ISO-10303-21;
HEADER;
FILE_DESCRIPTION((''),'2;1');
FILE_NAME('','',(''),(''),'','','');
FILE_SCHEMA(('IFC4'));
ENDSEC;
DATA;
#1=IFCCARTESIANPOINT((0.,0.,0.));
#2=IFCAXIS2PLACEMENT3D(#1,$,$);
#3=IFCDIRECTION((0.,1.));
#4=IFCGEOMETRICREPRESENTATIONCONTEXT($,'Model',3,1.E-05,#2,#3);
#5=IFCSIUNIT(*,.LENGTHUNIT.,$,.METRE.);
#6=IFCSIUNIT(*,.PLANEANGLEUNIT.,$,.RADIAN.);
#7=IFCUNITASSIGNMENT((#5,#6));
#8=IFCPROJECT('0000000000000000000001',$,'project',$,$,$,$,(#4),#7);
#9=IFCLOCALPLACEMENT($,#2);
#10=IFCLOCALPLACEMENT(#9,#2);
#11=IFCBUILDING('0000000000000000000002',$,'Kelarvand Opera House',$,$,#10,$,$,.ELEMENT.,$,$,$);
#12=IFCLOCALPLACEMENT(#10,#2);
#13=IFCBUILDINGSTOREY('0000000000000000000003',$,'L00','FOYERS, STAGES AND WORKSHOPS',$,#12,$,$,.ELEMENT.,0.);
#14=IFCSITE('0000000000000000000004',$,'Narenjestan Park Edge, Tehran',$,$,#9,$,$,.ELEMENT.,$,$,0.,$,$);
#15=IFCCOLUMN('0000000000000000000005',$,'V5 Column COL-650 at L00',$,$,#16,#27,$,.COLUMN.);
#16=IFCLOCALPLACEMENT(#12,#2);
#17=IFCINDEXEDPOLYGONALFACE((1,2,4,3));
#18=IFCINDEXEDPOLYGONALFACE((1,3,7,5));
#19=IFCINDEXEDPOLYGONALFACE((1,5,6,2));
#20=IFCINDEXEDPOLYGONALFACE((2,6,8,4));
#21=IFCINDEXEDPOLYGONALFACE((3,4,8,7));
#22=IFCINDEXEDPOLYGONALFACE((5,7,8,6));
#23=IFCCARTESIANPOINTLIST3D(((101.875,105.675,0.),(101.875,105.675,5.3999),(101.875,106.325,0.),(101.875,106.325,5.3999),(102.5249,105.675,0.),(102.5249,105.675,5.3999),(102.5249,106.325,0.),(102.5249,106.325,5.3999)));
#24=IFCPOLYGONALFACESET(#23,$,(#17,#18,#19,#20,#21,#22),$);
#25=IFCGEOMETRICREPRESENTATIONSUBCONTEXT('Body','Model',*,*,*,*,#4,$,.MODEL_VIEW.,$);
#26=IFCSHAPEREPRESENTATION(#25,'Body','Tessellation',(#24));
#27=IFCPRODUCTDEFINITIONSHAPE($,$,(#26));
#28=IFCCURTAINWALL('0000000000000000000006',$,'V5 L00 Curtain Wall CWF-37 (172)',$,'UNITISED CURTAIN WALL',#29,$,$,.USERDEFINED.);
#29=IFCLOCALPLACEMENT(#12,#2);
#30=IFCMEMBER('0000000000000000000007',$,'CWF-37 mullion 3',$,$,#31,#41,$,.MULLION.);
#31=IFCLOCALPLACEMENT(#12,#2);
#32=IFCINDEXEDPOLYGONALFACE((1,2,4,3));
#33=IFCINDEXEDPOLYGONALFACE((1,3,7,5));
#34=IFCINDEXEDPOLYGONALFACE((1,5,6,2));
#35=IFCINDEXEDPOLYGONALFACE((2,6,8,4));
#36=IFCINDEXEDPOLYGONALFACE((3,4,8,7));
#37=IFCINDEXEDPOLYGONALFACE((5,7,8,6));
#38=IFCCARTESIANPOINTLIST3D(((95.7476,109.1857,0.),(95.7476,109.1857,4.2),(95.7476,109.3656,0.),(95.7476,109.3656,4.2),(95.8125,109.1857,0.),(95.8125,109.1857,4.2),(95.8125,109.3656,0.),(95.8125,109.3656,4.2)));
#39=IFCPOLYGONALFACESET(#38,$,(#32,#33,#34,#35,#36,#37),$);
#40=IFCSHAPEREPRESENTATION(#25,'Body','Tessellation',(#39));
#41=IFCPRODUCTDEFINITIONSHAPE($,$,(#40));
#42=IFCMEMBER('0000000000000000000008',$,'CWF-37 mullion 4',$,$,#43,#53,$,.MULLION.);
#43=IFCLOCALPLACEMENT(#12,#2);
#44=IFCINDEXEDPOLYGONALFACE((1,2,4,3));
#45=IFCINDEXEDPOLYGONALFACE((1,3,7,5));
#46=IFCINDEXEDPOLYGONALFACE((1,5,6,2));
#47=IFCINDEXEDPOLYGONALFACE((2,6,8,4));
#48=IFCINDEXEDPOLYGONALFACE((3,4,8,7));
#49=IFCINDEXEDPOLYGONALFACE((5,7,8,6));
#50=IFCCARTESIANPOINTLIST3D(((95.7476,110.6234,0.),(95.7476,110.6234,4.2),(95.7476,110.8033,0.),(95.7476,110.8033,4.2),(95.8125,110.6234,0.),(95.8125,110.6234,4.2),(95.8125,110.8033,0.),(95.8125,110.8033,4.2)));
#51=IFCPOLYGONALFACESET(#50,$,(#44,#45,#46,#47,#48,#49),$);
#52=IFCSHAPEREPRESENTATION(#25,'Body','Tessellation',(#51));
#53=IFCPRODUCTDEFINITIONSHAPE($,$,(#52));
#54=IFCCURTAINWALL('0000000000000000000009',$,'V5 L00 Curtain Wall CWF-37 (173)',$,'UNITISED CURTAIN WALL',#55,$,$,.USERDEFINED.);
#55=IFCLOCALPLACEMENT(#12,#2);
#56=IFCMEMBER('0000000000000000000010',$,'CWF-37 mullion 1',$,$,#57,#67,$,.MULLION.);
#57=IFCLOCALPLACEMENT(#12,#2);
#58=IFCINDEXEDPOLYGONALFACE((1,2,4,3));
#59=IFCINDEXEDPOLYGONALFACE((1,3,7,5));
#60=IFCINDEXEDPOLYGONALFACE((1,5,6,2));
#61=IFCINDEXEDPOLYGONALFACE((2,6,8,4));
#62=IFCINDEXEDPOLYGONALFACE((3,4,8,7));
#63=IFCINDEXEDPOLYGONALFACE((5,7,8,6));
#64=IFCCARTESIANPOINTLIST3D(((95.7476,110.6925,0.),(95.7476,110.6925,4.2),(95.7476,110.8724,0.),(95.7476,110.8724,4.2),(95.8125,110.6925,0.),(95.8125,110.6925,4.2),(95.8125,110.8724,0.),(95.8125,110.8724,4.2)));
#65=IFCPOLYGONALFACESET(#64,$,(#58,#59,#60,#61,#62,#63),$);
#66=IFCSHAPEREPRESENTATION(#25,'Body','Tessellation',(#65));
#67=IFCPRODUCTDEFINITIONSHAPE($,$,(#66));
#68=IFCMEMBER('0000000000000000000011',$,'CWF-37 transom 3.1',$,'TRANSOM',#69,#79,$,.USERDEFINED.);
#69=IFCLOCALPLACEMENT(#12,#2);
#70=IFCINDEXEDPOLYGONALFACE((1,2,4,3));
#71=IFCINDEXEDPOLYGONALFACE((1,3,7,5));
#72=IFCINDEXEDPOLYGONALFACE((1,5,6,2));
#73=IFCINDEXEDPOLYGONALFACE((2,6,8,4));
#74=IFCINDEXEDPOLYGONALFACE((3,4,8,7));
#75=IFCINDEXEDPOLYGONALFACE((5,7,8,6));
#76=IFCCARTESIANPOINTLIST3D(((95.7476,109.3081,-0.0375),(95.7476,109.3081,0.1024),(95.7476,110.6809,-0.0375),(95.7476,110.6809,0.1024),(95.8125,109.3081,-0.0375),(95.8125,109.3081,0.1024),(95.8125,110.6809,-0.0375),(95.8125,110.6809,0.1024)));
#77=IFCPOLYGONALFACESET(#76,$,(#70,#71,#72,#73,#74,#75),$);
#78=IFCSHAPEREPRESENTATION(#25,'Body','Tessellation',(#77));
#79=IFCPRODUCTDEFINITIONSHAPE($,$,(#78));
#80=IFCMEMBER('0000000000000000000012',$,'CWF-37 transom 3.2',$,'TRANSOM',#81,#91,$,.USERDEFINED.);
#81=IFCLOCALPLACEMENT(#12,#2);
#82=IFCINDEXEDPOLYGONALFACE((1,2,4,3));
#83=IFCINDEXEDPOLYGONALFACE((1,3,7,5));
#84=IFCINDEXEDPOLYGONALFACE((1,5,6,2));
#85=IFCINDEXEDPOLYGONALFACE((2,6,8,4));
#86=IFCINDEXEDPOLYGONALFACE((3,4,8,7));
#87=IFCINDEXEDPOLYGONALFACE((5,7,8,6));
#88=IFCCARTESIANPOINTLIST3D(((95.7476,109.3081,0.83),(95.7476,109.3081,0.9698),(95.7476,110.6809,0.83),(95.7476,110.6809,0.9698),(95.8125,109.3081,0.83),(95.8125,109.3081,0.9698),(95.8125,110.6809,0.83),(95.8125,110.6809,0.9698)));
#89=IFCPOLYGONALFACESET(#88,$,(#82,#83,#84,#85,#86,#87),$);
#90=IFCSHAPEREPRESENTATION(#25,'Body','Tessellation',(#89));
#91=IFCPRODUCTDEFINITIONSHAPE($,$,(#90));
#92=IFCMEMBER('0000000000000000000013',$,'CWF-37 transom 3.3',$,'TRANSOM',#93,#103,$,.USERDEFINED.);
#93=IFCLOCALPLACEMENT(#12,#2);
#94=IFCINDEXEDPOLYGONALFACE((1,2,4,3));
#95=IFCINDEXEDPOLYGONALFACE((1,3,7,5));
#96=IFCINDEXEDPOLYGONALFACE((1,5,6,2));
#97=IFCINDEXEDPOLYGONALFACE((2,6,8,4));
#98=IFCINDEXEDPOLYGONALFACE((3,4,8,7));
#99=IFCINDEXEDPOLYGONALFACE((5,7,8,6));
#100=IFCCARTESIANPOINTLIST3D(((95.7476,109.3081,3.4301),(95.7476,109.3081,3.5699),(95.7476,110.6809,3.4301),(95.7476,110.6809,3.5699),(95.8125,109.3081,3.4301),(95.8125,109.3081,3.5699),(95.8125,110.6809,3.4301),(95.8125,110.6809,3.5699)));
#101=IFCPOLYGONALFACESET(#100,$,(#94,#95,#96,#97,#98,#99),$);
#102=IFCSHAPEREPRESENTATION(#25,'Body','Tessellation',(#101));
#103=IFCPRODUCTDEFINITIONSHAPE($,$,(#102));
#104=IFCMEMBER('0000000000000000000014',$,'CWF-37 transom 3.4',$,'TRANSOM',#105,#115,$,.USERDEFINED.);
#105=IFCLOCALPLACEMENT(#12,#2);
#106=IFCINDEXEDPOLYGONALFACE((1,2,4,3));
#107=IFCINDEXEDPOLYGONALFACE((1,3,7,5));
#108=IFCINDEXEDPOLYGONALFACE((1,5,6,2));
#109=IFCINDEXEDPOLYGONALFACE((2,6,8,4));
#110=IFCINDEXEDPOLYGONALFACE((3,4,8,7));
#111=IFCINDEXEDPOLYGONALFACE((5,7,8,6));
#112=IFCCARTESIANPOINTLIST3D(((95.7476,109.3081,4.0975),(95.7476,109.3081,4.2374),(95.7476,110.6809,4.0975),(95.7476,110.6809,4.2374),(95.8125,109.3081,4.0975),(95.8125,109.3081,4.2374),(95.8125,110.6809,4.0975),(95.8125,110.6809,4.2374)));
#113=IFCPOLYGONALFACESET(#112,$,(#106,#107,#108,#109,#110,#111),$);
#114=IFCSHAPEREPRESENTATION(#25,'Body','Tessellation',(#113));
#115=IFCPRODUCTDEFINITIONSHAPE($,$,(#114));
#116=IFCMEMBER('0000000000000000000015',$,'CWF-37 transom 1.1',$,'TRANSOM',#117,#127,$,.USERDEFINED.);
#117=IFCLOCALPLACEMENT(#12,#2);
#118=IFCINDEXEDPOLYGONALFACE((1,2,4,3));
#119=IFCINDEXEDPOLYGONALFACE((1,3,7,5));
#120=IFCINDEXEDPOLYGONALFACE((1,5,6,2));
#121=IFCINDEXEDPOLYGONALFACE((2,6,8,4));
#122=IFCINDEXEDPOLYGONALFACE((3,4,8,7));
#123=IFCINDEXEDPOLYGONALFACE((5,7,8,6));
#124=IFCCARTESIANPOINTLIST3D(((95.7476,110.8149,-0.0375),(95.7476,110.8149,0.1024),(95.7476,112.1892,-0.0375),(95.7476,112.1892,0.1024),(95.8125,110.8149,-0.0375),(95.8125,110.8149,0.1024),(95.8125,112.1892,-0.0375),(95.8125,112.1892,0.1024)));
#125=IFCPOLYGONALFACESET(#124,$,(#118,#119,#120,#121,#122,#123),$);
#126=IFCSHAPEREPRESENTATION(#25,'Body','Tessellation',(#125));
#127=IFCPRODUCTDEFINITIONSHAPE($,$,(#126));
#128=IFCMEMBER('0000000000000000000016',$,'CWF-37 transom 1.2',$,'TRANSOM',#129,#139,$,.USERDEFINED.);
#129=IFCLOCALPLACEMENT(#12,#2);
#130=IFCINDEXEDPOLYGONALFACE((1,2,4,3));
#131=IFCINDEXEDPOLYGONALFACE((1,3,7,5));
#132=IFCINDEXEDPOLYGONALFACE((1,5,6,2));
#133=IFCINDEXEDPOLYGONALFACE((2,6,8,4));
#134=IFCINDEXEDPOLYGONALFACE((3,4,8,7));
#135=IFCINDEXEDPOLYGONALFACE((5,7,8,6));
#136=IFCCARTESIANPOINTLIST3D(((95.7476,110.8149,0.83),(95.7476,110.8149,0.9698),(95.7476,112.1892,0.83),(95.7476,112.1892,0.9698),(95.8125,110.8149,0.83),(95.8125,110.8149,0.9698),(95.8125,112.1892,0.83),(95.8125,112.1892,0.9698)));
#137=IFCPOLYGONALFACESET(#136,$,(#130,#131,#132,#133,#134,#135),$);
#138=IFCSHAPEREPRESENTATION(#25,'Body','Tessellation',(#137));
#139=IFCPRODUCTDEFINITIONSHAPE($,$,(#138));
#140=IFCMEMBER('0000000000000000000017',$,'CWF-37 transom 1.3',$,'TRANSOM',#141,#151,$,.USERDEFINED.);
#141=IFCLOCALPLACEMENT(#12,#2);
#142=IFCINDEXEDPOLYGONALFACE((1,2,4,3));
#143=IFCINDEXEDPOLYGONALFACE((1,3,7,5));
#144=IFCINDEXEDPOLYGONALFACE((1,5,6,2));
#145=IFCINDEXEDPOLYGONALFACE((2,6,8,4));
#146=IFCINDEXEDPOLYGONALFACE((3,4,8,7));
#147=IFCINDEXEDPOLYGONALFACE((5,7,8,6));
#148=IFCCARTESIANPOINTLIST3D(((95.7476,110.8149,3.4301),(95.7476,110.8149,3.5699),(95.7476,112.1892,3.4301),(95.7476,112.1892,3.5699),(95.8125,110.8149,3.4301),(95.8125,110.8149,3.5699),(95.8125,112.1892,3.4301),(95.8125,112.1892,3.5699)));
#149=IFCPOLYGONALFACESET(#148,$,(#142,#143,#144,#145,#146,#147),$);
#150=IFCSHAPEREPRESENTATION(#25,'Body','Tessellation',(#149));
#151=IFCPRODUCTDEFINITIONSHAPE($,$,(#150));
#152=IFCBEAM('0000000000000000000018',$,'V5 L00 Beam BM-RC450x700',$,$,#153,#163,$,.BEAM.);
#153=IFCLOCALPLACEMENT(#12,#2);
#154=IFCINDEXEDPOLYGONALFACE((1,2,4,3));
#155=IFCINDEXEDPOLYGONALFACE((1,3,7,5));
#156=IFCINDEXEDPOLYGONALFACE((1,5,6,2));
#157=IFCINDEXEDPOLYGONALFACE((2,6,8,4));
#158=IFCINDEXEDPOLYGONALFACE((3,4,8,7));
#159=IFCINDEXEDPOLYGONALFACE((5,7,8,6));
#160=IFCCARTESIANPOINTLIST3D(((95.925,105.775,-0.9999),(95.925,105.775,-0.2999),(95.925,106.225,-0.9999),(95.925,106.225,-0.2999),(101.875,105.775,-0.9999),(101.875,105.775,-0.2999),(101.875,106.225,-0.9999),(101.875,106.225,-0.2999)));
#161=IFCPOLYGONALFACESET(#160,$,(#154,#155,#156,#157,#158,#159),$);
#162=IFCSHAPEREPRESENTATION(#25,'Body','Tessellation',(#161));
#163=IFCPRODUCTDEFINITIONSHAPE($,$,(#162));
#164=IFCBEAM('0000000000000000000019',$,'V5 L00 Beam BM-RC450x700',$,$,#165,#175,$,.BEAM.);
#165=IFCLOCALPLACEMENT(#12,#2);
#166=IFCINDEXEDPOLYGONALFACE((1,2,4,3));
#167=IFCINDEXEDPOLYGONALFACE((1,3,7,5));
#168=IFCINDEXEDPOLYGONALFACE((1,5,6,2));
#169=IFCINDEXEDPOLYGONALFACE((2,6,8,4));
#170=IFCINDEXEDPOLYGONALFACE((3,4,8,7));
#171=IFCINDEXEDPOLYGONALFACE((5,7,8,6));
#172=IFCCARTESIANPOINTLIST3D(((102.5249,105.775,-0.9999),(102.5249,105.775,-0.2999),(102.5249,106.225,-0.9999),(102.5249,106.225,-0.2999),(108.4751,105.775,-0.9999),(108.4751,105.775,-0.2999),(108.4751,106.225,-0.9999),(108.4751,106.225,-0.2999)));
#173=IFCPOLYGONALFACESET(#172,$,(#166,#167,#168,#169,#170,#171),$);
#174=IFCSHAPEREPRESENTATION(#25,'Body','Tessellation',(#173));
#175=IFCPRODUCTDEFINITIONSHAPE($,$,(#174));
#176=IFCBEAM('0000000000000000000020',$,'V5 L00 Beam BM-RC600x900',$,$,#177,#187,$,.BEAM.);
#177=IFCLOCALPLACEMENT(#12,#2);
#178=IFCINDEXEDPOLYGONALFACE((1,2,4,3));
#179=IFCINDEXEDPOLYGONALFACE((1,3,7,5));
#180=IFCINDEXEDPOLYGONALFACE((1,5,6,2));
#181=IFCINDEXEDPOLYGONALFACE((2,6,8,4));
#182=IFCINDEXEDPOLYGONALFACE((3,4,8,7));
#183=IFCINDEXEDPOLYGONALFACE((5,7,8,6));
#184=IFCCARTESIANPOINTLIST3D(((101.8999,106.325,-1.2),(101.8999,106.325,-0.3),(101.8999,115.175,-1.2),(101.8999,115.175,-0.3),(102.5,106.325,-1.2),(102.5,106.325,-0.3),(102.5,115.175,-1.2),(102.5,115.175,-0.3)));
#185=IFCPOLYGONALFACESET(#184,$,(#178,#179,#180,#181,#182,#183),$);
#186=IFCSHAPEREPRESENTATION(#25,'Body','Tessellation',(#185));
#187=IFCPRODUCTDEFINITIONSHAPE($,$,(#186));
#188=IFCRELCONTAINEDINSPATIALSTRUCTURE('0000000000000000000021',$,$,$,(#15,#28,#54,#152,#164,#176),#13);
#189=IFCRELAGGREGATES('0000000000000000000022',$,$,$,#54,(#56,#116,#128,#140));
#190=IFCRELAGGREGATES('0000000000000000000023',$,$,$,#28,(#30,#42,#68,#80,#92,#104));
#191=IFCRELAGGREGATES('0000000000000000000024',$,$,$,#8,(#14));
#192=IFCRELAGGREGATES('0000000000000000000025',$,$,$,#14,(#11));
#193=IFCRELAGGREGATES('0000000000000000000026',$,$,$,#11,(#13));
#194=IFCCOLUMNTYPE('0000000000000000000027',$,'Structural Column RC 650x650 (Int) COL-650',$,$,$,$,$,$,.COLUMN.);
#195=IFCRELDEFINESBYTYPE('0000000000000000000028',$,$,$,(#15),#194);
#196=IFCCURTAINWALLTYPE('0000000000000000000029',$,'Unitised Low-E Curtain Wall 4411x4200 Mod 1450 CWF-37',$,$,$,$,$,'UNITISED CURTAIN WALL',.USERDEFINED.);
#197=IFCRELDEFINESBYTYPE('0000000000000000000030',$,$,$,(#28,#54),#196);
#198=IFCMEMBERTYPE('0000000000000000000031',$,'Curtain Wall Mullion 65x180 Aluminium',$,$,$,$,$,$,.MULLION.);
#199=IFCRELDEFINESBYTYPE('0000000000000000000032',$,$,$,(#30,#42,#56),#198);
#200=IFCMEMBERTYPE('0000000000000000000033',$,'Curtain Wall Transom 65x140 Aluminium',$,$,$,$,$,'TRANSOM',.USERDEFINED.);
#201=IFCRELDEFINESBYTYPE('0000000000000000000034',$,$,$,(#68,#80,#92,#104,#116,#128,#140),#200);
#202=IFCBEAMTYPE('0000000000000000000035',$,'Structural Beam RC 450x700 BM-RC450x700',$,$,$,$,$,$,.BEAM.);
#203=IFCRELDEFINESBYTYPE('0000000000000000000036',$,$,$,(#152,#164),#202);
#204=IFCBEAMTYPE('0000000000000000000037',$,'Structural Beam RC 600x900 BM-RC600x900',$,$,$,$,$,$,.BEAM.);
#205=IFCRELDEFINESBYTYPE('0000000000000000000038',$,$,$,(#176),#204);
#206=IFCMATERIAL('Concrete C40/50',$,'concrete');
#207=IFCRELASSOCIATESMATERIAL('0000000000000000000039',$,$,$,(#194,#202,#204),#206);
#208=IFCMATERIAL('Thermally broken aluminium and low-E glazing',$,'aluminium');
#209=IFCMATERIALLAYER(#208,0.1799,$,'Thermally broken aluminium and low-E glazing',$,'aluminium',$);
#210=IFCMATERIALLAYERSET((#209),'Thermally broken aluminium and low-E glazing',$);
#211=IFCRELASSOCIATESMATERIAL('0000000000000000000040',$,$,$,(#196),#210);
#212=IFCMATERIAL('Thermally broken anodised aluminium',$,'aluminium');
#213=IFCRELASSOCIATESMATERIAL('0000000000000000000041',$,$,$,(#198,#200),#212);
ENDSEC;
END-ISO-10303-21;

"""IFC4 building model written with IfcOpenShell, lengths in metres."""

from ifc_helpers import new_model, si_unit, direction, frame, origin, origin_2d, place, context, subcontext, project, spatial, rectangle, extrude, material, layer, layer_set, material_profile, profile_set, type_object, element, aggregate, save


model = new_model("IFC4")

# Units and contexts
model_context = context("Model", 3, precision=1e-05, world=origin(), true_north=direction((0.0, 1.0)))
body_context = subcontext(model_context, "Body", "Model", "MODEL_VIEW")
ifc_project = project(units=[si_unit("LENGTHUNIT", "METRE"), si_unit("PLANEANGLEUNIT", "RADIAN")], contexts=[model_context])

# Site, building, storey
site_placement = place(None, origin())
site = spatial("IfcSite", under=ifc_project, at=site_placement, Name="Narenjestan Park Edge, Tehran", CompositionType="ELEMENT", RefElevation=0.0)
building_placement = place(site_placement, origin())
building = spatial("IfcBuilding", under=site, at=building_placement, Name="Kelarvand Opera House", CompositionType="ELEMENT")
storey_placement = place(building_placement, origin())
storey = spatial("IfcBuildingStorey", under=building, at=storey_placement, Name="L00", Description="FOYERS, STAGES AND WORKSHOPS", CompositionType="ELEMENT", Elevation=0.0)

# Column
ifc_material_1 = material(Name="Concrete C40/50", Category="concrete")
ifc_material_profile_1 = material_profile(ifc_material_1, rectangle(XDim=0.6499, YDim=0.6499, at=origin_2d()), Name="RC 650x650", Category="concrete")
ifc_profile_set_1 = profile_set([ifc_material_profile_1], Name="Concrete C40/50")
column_type = type_object("IfcColumnType", Name="Structural Column RC 650x650 (Int) COL-650", PredefinedType="COLUMN", material=ifc_profile_set_1)
column_placement = place(storey_placement, frame((102.2, 106.0, 0.0), z_axis=(0.0, 0.0, 1.0), x_axis=(1.0, 0.0, 0.0)))
element("IfcColumn", 1, at=column_placement, inside=storey, type_object=column_type, Name="V5 Column COL-650 at L00", PredefinedType="COLUMN", context=body_context, shape_type="SweptSolid", body=[
    extrude(rectangle(XDim=0.6499, YDim=0.6499, at=origin_2d()), origin(), (0.0, 0.0, 1.0), 5.3999),
])

# Curtain wall, members
ifc_material_2 = material(Name="Thermally broken aluminium and low-E glazing", Category="aluminium")
ifc_layer_1 = layer(ifc_material_2, 0.1799, Name="Thermally broken aluminium and low-E glazing", Category="aluminium")
ifc_layer_set_1 = layer_set([ifc_layer_1], Name="Thermally broken aluminium and low-E glazing")
curtain_wall_type = type_object("IfcCurtainWallType", Name="Unitised Low-E Curtain Wall 4411x4200 Mod 1450 CWF-37", ElementType="UNITISED CURTAIN WALL", PredefinedType="USERDEFINED", material=ifc_layer_set_1)
curtain_wall_1_placement = place(storey_placement, origin())
curtain_wall_1 = element("IfcCurtainWall", 2, at=curtain_wall_1_placement, inside=storey, type_object=curtain_wall_type, Name="V5 L00 Curtain Wall CWF-37 (172)", ObjectType="UNITISED CURTAIN WALL", PredefinedType="USERDEFINED")
ifc_material_3 = material(Name="Thermally broken anodised aluminium", Category="aluminium")
ifc_material_profile_2 = material_profile(ifc_material_3, rectangle(XDim=0.0649, YDim=0.1799, at=origin_2d()), Name="ALU MULLION 65x180", Category="aluminium")
ifc_profile_set_2 = profile_set([ifc_material_profile_2], Name="Thermally broken anodised aluminium")
member_type_1 = type_object("IfcMemberType", Name="Curtain Wall Mullion 65x180 Aluminium", PredefinedType="MULLION", material=ifc_profile_set_2)
member_1_placement = place(storey_placement, frame((95.78, 109.2756, 0.0), z_axis=(0.0, 0.0, 1.0), x_axis=(-1.0, 0.0, 0.0)))
member_1 = element("IfcMember", 3, at=member_1_placement, type_object=member_type_1, Name="CWF-37 mullion 3", PredefinedType="MULLION", context=body_context, shape_type="SweptSolid", body=[
    extrude(rectangle(XDim=0.0649, YDim=0.1799, at=origin_2d()), origin(), (0.0, 0.0, 1.0), 4.2),
])
member_2_placement = place(storey_placement, frame((95.78, 110.7134, 0.0), z_axis=(0.0, 0.0, 1.0), x_axis=(-1.0, 0.0, 0.0)))
member_2 = element("IfcMember", 4, at=member_2_placement, type_object=member_type_1, Name="CWF-37 mullion 4", PredefinedType="MULLION", context=body_context, shape_type="SweptSolid", body=[
    extrude(rectangle(XDim=0.0649, YDim=0.1799, at=origin_2d()), origin(), (0.0, 0.0, 1.0), 4.2),
])

# Curtain wall, member
curtain_wall_2_placement = place(storey_placement, origin())
curtain_wall_2 = element("IfcCurtainWall", 5, at=curtain_wall_2_placement, inside=storey, type_object=curtain_wall_type, Name="V5 L00 Curtain Wall CWF-37 (173)", ObjectType="UNITISED CURTAIN WALL", PredefinedType="USERDEFINED")
member_3_placement = place(storey_placement, frame((95.78, 110.7825, 0.0), z_axis=(0.0, 0.0, 1.0), x_axis=(-1.0, 0.0, 0.0)))
member_3 = element("IfcMember", 6, at=member_3_placement, type_object=member_type_1, Name="CWF-37 mullion 1", PredefinedType="MULLION", context=body_context, shape_type="SweptSolid", body=[
    extrude(rectangle(XDim=0.0649, YDim=0.1799, at=origin_2d()), origin(), (0.0, 0.0, 1.0), 4.2),
])

# Members
ifc_material_profile_3 = material_profile(ifc_material_3, rectangle(XDim=0.0649, YDim=0.1399, at=origin_2d()), Name="ALU TRANSOM 65x140", Category="aluminium")
ifc_profile_set_3 = profile_set([ifc_material_profile_3], Name="Thermally broken anodised aluminium")
member_type_2 = type_object("IfcMemberType", Name="Curtain Wall Transom 65x140 Aluminium", ElementType="TRANSOM", PredefinedType="USERDEFINED", material=ifc_profile_set_3)
member_4_placement = place(storey_placement, frame((95.78, 109.3081, 0.0325), z_axis=(0.0, 1.0, 0.0), x_axis=(-1.0, 0.0, 0.0)))
member_4 = element("IfcMember", 7, at=member_4_placement, type_object=member_type_2, Name="CWF-37 transom 3.1", ObjectType="TRANSOM", PredefinedType="USERDEFINED", context=body_context, shape_type="SweptSolid", body=[
    extrude(rectangle(XDim=0.0649, YDim=0.1399, at=origin_2d()), origin(), (0.0, 0.0, 1.0), 1.3728),
])
member_5_placement = place(storey_placement, frame((95.78, 109.3081, 0.8999), z_axis=(0.0, 1.0, 0.0), x_axis=(-1.0, 0.0, 0.0)))
member_5 = element("IfcMember", 8, at=member_5_placement, type_object=member_type_2, Name="CWF-37 transom 3.2", ObjectType="TRANSOM", PredefinedType="USERDEFINED", context=body_context, shape_type="SweptSolid", body=[
    extrude(rectangle(XDim=0.0649, YDim=0.1399, at=origin_2d()), origin(), (0.0, 0.0, 1.0), 1.3728),
])
member_6_placement = place(storey_placement, frame((95.78, 109.3081, 3.5), z_axis=(0.0, 1.0, 0.0), x_axis=(-1.0, 0.0, 0.0)))
member_6 = element("IfcMember", 9, at=member_6_placement, type_object=member_type_2, Name="CWF-37 transom 3.3", ObjectType="TRANSOM", PredefinedType="USERDEFINED", context=body_context, shape_type="SweptSolid", body=[
    extrude(rectangle(XDim=0.0649, YDim=0.1399, at=origin_2d()), origin(), (0.0, 0.0, 1.0), 1.3728),
])
member_7_placement = place(storey_placement, frame((95.78, 109.3081, 4.1675), z_axis=(0.0, 1.0, 0.0), x_axis=(-1.0, 0.0, 0.0)))
member_7 = element("IfcMember", 10, at=member_7_placement, type_object=member_type_2, Name="CWF-37 transom 3.4", ObjectType="TRANSOM", PredefinedType="USERDEFINED", context=body_context, shape_type="SweptSolid", body=[
    extrude(rectangle(XDim=0.0649, YDim=0.1399, at=origin_2d()), origin(), (0.0, 0.0, 1.0), 1.3728),
])
member_8_placement = place(storey_placement, frame((95.78, 110.8149, 0.0325), z_axis=(0.0, 1.0, 0.0), x_axis=(-1.0, 0.0, 0.0)))
member_8 = element("IfcMember", 11, at=member_8_placement, type_object=member_type_2, Name="CWF-37 transom 1.1", ObjectType="TRANSOM", PredefinedType="USERDEFINED", context=body_context, shape_type="SweptSolid", body=[
    extrude(rectangle(XDim=0.0649, YDim=0.1399, at=origin_2d()), origin(), (0.0, 0.0, 1.0), 1.3743),
])
member_9_placement = place(storey_placement, frame((95.78, 110.8149, 0.8999), z_axis=(0.0, 1.0, 0.0), x_axis=(-1.0, 0.0, 0.0)))
member_9 = element("IfcMember", 12, at=member_9_placement, type_object=member_type_2, Name="CWF-37 transom 1.2", ObjectType="TRANSOM", PredefinedType="USERDEFINED", context=body_context, shape_type="SweptSolid", body=[
    extrude(rectangle(XDim=0.0649, YDim=0.1399, at=origin_2d()), origin(), (0.0, 0.0, 1.0), 1.3743),
])
member_10_placement = place(storey_placement, frame((95.78, 110.8149, 3.5), z_axis=(0.0, 1.0, 0.0), x_axis=(-1.0, 0.0, 0.0)))
member_10 = element("IfcMember", 13, at=member_10_placement, type_object=member_type_2, Name="CWF-37 transom 1.3", ObjectType="TRANSOM", PredefinedType="USERDEFINED", context=body_context, shape_type="SweptSolid", body=[
    extrude(rectangle(XDim=0.0649, YDim=0.1399, at=origin_2d()), origin(), (0.0, 0.0, 1.0), 1.3743),
])
aggregate(curtain_wall_2, [member_3, member_8, member_9, member_10])

# Beams
ifc_material_profile_4 = material_profile(ifc_material_1, rectangle(XDim=0.45, YDim=0.7, at=origin_2d()), Name="RC 450x700", Category="concrete")
ifc_profile_set_4 = profile_set([ifc_material_profile_4], Name="Concrete C40/50")
beam_type_1 = type_object("IfcBeamType", Name="Structural Beam RC 450x700 BM-RC450x700", PredefinedType="BEAM", material=ifc_profile_set_4)
beam_1_placement = place(storey_placement, frame((95.925, 106.0, -0.6499), z_axis=(1.0, 0.0, 0.0), x_axis=(0.0, 1.0, 0.0)))
element("IfcBeam", 14, at=beam_1_placement, inside=storey, type_object=beam_type_1, Name="V5 L00 Beam BM-RC450x700", PredefinedType="BEAM", context=body_context, shape_type="SweptSolid", body=[
    extrude(rectangle(XDim=0.45, YDim=0.7, at=origin_2d()), origin(), (0.0, 0.0, 1.0), 5.95),
])
beam_2_placement = place(storey_placement, frame((102.5249, 106.0, -0.6499), z_axis=(1.0, 0.0, 0.0), x_axis=(0.0, 1.0, 0.0)))
element("IfcBeam", 15, at=beam_2_placement, inside=storey, type_object=beam_type_1, Name="V5 L00 Beam BM-RC450x700", PredefinedType="BEAM", context=body_context, shape_type="SweptSolid", body=[
    extrude(rectangle(XDim=0.45, YDim=0.7, at=origin_2d()), origin(), (0.0, 0.0, 1.0), 5.9502),
])
ifc_material_profile_5 = material_profile(ifc_material_1, rectangle(XDim=0.6001, YDim=0.8999, at=origin_2d()), Name="RC 600x900", Category="concrete")
ifc_profile_set_5 = profile_set([ifc_material_profile_5], Name="Concrete C40/50")
beam_type_2 = type_object("IfcBeamType", Name="Structural Beam RC 600x900 BM-RC600x900", PredefinedType="BEAM", material=ifc_profile_set_5)
beam_3_placement = place(storey_placement, frame((102.2, 106.325, -0.75), z_axis=(0.0, 1.0, 0.0), x_axis=(-1.0, 0.0, 0.0)))
element("IfcBeam", 16, at=beam_3_placement, inside=storey, type_object=beam_type_2, Name="V5 L00 Beam BM-RC600x900", PredefinedType="BEAM", context=body_context, shape_type="SweptSolid", body=[
    extrude(rectangle(XDim=0.6001, YDim=0.8999, at=origin_2d()), origin(), (0.0, 0.0, 1.0), 8.8501),
])

aggregate(curtain_wall_1, [member_1, member_2, member_4, member_5, member_6, member_7])

save(model, "model.ifc")
